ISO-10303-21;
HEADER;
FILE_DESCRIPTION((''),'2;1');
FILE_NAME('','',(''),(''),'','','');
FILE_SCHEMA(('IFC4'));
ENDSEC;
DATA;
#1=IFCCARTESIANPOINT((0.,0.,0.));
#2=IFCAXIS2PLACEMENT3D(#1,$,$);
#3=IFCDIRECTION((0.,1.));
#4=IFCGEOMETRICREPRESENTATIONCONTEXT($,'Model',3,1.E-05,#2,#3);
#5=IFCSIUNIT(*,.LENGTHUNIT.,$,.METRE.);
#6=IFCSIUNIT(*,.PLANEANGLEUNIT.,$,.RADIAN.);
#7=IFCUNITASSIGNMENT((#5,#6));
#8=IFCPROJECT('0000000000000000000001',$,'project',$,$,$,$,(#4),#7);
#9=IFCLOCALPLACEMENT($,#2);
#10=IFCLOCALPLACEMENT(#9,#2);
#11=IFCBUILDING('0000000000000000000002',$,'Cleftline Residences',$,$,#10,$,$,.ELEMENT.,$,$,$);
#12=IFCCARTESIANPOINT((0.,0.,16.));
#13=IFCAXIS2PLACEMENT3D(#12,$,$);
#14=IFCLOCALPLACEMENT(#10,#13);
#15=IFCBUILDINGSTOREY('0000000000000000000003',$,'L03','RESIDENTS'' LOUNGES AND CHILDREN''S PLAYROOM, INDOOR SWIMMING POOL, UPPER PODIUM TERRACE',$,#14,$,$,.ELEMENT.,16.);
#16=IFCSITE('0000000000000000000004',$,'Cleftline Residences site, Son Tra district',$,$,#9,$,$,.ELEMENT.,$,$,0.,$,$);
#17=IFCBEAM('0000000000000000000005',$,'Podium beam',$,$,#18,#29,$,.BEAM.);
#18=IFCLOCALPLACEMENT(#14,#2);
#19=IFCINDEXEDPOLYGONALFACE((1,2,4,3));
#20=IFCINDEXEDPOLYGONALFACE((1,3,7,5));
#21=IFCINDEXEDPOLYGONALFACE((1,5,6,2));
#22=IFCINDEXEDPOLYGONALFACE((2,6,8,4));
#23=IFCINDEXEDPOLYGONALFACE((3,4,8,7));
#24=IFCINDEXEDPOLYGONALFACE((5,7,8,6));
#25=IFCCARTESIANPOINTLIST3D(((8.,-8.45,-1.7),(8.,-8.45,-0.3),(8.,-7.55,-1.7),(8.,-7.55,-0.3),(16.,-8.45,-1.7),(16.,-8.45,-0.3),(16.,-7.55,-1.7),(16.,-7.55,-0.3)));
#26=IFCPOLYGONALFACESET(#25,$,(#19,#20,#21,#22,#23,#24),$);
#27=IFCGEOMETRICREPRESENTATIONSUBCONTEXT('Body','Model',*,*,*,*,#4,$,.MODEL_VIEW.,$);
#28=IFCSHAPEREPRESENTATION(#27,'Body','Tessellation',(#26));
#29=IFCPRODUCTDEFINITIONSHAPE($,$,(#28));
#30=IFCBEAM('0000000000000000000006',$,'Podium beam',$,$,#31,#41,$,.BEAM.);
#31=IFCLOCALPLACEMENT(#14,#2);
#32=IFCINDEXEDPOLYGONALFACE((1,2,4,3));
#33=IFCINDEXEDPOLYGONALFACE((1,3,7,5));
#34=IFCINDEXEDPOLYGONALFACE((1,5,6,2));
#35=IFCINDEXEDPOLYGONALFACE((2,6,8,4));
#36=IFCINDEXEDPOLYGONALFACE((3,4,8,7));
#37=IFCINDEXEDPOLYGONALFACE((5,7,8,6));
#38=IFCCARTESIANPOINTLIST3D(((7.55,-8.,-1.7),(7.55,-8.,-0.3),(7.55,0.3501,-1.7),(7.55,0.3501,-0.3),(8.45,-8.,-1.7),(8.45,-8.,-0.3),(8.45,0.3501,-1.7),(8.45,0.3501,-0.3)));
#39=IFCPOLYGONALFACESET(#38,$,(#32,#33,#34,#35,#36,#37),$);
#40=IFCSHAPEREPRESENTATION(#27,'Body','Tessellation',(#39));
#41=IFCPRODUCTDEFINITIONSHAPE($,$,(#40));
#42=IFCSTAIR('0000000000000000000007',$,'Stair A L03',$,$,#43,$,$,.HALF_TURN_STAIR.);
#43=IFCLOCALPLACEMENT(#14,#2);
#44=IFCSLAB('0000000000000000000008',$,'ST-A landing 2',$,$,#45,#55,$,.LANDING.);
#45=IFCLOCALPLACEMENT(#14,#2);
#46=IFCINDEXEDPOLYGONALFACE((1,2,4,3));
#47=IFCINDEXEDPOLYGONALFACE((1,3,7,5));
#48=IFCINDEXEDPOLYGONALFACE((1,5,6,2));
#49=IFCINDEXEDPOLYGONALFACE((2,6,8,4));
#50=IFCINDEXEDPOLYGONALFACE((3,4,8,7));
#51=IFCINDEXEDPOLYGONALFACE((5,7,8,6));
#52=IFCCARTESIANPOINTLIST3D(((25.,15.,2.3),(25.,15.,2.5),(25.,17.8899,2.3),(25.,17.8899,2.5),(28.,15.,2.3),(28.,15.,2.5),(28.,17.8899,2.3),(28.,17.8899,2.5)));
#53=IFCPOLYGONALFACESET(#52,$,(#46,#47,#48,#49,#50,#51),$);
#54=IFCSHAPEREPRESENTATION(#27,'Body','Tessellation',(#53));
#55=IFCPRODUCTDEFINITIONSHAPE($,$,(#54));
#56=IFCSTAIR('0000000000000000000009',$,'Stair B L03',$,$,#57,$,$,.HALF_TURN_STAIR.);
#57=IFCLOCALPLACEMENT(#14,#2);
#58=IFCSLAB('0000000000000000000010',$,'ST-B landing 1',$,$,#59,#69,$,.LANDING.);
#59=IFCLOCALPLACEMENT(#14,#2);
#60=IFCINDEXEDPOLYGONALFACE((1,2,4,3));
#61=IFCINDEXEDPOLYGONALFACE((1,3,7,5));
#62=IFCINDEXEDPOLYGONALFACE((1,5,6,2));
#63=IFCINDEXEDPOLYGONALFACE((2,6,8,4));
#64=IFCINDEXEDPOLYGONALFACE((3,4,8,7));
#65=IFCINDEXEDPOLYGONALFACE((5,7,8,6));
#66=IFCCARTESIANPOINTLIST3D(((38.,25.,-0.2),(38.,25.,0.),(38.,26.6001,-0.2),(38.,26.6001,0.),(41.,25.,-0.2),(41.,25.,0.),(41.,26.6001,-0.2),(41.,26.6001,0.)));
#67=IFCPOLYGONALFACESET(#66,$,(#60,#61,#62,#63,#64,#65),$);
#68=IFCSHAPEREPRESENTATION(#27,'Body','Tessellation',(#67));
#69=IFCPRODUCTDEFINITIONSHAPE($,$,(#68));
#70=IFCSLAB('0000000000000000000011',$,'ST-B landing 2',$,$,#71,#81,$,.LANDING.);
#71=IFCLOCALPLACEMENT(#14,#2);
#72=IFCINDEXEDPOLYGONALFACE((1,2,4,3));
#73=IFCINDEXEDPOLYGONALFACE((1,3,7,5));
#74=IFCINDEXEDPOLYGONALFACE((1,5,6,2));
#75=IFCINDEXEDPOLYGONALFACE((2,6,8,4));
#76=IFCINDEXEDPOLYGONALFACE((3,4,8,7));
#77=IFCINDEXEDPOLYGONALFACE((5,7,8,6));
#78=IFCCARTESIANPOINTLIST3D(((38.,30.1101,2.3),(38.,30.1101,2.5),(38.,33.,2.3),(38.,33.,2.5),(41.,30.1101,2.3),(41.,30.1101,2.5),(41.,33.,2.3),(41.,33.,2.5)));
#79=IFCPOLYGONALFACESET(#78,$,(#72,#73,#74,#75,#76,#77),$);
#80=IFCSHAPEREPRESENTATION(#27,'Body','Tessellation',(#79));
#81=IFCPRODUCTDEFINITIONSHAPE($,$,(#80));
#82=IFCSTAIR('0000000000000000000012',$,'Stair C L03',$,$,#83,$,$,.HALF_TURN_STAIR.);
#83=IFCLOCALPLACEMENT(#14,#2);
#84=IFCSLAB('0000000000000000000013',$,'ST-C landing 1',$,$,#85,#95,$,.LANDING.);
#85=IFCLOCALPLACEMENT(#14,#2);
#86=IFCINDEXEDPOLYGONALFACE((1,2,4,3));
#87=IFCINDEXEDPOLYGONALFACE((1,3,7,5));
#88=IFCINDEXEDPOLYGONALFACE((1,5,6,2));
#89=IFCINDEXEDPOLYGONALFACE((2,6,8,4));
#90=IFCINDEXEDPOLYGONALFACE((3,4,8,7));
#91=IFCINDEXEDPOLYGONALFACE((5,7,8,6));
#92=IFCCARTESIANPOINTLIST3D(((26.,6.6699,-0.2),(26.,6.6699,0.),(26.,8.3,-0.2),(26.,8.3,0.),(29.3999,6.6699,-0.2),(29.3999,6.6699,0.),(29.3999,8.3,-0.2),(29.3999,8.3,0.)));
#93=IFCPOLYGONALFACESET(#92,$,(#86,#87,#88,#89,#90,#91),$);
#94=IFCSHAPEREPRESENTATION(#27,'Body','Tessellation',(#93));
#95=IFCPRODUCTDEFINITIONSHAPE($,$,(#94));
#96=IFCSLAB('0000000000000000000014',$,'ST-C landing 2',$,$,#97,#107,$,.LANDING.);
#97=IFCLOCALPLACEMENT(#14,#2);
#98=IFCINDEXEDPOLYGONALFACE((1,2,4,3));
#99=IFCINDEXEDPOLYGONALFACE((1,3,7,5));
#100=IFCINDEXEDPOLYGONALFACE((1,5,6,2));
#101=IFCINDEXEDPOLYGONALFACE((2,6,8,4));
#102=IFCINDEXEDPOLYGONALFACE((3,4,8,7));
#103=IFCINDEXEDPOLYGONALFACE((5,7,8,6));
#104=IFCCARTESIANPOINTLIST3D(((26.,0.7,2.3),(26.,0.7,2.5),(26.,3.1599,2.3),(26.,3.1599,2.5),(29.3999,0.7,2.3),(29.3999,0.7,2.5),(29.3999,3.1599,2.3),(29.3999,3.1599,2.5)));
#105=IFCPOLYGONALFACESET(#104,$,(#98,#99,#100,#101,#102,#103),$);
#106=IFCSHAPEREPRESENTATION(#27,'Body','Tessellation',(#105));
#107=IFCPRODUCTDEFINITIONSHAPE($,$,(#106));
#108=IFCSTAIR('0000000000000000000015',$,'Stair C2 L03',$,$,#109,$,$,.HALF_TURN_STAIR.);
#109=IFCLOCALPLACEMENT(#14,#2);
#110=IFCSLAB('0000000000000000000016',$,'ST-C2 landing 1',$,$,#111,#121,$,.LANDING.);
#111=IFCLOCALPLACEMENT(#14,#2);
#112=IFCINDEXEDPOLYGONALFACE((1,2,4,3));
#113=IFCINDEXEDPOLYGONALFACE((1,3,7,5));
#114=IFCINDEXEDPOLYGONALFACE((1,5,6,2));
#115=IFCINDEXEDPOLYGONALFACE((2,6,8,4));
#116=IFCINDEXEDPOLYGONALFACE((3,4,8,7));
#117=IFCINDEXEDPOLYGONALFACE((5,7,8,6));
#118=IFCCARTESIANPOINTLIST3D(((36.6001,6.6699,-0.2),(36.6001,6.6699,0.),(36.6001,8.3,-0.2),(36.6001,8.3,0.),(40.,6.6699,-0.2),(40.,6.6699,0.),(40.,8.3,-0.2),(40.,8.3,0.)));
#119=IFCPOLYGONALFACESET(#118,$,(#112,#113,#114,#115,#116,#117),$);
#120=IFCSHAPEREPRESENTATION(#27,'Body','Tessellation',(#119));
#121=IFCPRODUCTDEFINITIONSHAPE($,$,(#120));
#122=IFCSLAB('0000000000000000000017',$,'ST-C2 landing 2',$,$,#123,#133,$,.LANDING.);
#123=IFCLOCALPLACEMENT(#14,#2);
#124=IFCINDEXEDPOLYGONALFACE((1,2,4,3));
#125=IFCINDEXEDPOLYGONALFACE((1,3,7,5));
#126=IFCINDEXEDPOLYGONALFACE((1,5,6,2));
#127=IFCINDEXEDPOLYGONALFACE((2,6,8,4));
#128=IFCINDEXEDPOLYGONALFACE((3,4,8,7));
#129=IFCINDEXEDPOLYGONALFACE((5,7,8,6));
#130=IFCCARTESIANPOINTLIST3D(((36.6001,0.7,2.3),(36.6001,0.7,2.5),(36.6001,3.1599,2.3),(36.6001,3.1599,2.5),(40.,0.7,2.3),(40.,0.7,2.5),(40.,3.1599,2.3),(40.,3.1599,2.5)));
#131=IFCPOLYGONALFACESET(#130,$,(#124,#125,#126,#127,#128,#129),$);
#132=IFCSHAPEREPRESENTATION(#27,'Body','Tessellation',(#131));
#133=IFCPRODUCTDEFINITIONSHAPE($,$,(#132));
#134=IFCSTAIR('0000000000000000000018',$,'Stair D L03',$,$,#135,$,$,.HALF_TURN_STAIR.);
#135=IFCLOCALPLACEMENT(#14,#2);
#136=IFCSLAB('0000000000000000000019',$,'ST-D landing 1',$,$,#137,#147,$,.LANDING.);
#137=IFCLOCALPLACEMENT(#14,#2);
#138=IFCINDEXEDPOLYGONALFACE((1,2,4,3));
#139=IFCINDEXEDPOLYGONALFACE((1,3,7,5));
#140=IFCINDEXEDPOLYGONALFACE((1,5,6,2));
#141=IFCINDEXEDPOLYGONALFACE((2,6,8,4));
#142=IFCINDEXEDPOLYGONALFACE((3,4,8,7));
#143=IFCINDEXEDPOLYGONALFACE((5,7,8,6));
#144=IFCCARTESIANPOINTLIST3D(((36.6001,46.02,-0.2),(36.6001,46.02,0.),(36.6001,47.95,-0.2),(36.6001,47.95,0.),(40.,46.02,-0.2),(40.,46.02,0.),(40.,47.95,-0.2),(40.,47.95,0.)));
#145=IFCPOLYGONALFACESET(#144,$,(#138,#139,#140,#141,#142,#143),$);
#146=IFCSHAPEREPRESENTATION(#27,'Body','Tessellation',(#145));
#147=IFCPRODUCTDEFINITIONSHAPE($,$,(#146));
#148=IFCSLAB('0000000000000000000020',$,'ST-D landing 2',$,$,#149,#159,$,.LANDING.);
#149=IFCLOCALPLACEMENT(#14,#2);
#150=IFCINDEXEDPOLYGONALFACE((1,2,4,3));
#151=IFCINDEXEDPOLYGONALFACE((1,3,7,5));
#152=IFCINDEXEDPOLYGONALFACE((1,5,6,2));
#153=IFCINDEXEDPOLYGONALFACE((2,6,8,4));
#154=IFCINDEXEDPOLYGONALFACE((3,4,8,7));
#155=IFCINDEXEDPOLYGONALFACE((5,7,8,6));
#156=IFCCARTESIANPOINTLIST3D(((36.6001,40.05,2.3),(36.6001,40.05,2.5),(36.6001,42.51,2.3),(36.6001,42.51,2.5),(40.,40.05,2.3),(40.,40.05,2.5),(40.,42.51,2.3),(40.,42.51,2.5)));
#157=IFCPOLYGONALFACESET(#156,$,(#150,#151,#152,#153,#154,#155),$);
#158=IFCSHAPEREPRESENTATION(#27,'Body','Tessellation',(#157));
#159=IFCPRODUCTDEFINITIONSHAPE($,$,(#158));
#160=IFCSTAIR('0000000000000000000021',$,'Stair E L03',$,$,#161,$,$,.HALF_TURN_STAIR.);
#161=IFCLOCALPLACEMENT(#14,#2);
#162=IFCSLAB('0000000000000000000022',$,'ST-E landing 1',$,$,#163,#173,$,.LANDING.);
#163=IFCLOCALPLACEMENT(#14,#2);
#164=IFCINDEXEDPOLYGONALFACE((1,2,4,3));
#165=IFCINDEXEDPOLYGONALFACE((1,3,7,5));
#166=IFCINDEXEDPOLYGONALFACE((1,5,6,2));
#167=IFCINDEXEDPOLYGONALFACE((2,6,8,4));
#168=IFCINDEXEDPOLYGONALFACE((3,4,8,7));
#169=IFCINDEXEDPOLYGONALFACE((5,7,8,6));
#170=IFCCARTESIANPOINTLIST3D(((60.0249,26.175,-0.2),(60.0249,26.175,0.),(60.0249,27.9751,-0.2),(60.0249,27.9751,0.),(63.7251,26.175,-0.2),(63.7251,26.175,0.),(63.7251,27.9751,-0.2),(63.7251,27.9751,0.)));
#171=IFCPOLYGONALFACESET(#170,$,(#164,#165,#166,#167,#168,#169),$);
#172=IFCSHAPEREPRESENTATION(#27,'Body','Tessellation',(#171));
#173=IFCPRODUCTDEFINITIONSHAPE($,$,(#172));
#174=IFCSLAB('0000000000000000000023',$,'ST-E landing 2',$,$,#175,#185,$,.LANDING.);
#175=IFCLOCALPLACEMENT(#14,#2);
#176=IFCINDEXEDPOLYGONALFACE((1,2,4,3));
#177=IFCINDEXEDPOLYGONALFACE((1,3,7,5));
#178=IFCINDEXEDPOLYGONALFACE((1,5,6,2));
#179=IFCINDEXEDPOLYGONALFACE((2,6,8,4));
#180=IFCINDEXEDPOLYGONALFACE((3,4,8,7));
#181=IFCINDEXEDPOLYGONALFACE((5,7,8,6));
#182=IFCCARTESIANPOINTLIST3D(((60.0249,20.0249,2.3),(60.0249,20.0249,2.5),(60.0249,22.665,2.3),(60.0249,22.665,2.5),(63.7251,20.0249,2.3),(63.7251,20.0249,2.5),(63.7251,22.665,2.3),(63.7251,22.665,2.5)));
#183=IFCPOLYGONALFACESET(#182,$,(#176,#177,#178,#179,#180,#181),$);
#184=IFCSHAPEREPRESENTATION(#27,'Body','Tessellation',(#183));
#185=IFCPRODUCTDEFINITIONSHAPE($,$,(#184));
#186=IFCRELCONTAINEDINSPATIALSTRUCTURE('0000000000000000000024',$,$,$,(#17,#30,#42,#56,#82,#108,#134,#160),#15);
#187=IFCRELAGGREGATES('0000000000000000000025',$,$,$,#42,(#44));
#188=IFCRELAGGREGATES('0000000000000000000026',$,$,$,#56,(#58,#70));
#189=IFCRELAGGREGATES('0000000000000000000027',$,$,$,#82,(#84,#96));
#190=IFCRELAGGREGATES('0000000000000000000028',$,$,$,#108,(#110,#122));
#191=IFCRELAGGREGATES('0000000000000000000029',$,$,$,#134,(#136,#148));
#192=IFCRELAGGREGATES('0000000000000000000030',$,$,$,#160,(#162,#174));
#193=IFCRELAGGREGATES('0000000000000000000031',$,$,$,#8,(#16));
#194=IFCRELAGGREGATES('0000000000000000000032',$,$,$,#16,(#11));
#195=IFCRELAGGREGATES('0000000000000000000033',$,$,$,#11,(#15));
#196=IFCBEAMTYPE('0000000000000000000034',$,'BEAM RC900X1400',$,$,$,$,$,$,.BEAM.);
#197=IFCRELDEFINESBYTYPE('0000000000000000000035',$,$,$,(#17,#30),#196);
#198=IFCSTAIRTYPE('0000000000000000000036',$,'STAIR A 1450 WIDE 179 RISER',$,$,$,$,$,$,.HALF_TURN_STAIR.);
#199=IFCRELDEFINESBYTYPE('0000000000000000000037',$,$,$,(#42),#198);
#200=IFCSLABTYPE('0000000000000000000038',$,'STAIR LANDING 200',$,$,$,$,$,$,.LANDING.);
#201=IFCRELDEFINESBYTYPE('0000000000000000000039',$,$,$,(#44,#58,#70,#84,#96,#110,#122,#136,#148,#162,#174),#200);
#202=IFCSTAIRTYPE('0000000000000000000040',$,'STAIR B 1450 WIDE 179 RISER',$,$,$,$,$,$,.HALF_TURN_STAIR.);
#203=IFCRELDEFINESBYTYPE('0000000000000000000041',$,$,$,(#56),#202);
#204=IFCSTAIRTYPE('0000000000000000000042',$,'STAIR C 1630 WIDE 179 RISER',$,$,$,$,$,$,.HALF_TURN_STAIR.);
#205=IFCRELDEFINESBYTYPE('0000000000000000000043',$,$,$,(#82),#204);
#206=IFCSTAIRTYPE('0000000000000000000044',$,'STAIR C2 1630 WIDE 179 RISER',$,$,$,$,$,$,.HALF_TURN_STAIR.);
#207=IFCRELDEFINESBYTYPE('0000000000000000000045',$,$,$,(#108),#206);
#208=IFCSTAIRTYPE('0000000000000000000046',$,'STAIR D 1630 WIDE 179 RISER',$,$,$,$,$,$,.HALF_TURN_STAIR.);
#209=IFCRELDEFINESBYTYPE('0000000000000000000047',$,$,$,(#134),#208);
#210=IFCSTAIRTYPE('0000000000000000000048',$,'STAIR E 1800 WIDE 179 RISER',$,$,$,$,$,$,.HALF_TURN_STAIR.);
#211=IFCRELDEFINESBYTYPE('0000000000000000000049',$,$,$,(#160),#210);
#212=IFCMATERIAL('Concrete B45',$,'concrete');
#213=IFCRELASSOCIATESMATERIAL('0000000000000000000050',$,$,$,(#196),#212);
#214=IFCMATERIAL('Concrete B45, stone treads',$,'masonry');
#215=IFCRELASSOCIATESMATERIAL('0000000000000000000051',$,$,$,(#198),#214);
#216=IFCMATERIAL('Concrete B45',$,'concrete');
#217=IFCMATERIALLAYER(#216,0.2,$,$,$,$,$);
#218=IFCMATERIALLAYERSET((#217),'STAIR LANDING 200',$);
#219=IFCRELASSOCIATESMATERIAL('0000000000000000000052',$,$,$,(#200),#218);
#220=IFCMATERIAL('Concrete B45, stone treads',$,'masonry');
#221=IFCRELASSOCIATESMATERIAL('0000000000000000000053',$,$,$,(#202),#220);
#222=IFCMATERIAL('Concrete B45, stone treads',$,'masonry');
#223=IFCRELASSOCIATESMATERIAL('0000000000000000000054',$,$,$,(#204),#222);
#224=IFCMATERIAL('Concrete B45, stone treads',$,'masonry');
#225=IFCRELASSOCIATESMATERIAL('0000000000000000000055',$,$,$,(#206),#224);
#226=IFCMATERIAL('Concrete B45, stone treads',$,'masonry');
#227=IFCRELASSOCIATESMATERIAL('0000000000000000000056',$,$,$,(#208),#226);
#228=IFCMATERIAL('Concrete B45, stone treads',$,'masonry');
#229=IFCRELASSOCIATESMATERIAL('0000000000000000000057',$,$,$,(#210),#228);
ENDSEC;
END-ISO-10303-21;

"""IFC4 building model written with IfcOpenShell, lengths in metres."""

from ifc_helpers import new_model, si_unit, direction, frame, origin, origin_2d, place, context, subcontext, project, spatial, polyline, rectangle, outline, extrude, material, layer, layer_set, material_profile, profile_set, type_object, element, aggregate, save


model = new_model("IFC4")

# Units and contexts
model_context = context("Model", 3, precision=1e-05, world=origin(), true_north=direction((0.0, 1.0)))
body_context = subcontext(model_context, "Body", "Model", "MODEL_VIEW")
ifc_project = project(units=[si_unit("LENGTHUNIT", "METRE"), si_unit("PLANEANGLEUNIT", "RADIAN")], contexts=[model_context])

# Site, building, storey
site_placement = place(None, origin())
site = spatial("IfcSite", under=ifc_project, at=site_placement, Name="Cleftline Residences site, Son Tra district", CompositionType="ELEMENT", RefElevation=0.0)
building_placement = place(site_placement, origin())
building = spatial("IfcBuilding", under=site, at=building_placement, Name="Cleftline Residences", CompositionType="ELEMENT")
storey_placement = place(building_placement, frame((0.0, 0.0, 16.0)))
storey = spatial("IfcBuildingStorey", under=building, at=storey_placement, Name="L03", Description="RESIDENTS' LOUNGES AND CHILDREN'S PLAYROOM, INDOOR SWIMMING POOL, UPPER PODIUM TERRACE", CompositionType="ELEMENT", Elevation=16.0)

# Beams
ifc_material_1 = material(Name="Concrete B45", Category="concrete")
ifc_material_profile = material_profile(ifc_material_1, rectangle(XDim=0.8999, YDim=1.3999, at=origin_2d()))
ifc_profile_set = profile_set([ifc_material_profile], Name="Concrete B45")
beam_type = type_object("IfcBeamType", Name="BEAM RC900X1400", PredefinedType="BEAM", material=ifc_profile_set)
beam_1_placement = place(storey_placement, frame((8.0, -8.0, -1.0), z_axis=(1.0, 0.0, 0.0), x_axis=(0.0, 1.0, 0.0)))
element("IfcBeam", 1, at=beam_1_placement, inside=storey, type_object=beam_type, Name="Podium beam", PredefinedType="BEAM", context=body_context, shape_type="SweptSolid", body=[
    extrude(rectangle(XDim=0.8999, YDim=1.3999, at=origin_2d()), origin(), (0.0, 0.0, 1.0), 8.0),
])
beam_2_placement = place(storey_placement, frame((8.0, -8.0, -1.0), z_axis=(0.0, 1.0, 0.0), x_axis=(-1.0, 0.0, 0.0)))
element("IfcBeam", 2, at=beam_2_placement, inside=storey, type_object=beam_type, Name="Podium beam", PredefinedType="BEAM", context=body_context, shape_type="SweptSolid", body=[
    extrude(rectangle(XDim=0.8999, YDim=1.3999, at=origin_2d()), origin(), (0.0, 0.0, 1.0), 8.3501),
])

# Stair, slab
ifc_material_2 = material(Name="Concrete B45, stone treads", Category="masonry")
stair_type_1 = type_object("IfcStairType", Name="STAIR A 1450 WIDE 179 RISER", PredefinedType="HALF_TURN_STAIR", material=ifc_material_2)
stair_1_placement = place(storey_placement, origin())
stair_1 = element("IfcStair", 3, at=stair_1_placement, inside=storey, type_object=stair_type_1, Name="Stair A L03", PredefinedType="HALF_TURN_STAIR")
ifc_material_3 = material(Name="Concrete B45", Category="concrete")
ifc_layer_1 = layer(ifc_material_3, 0.2)
ifc_layer_set_1 = layer_set([ifc_layer_1], Name="STAIR LANDING 200")
slab_type = type_object("IfcSlabType", Name="STAIR LANDING 200", PredefinedType="LANDING", material=ifc_layer_set_1)
slab_1_placement = place(storey_placement, frame((0.0, 0.0, 2.3)))
slab_1 = element("IfcSlab", 4, at=slab_1_placement, type_object=slab_type, Name="ST-A landing 2", PredefinedType="LANDING", context=body_context, shape_type="SweptSolid", body=[
    extrude(outline(polyline([(25.0, 15.0), (28.0, 15.0), (28.0, 17.8899), (25.0, 17.8899), (25.0, 15.0)])), origin(), (0.0, 0.0, 1.0), 0.2),
])
aggregate(stair_1, [slab_1])

# Stairs, slabs
ifc_material_4 = material(Name="Concrete B45, stone treads", Category="masonry")
stair_type_2 = type_object("IfcStairType", Name="STAIR B 1450 WIDE 179 RISER", PredefinedType="HALF_TURN_STAIR", material=ifc_material_4)
stair_2_placement = place(storey_placement, origin())
stair_2 = element("IfcStair", 5, at=stair_2_placement, inside=storey, type_object=stair_type_2, Name="Stair B L03", PredefinedType="HALF_TURN_STAIR")
slab_2_placement = place(storey_placement, frame((0.0, 0.0, -0.2)))
slab_2 = element("IfcSlab", 6, at=slab_2_placement, type_object=slab_type, Name="ST-B landing 1", PredefinedType="LANDING", context=body_context, shape_type="SweptSolid", body=[
    extrude(outline(polyline([(38.0, 25.0), (41.0, 25.0), (41.0, 26.6001), (38.0, 26.6001), (38.0, 25.0)])), origin(), (0.0, 0.0, 1.0), 0.2),
])
slab_3_placement = place(storey_placement, frame((0.0, 0.0, 2.3)))
slab_3 = element("IfcSlab", 7, at=slab_3_placement, type_object=slab_type, Name="ST-B landing 2", PredefinedType="LANDING", context=body_context, shape_type="SweptSolid", body=[
    extrude(outline(polyline([(38.0, 30.1101), (41.0, 30.1101), (41.0, 33.0), (38.0, 33.0), (38.0, 30.1101)])), origin(), (0.0, 0.0, 1.0), 0.2),
])
aggregate(stair_2, [slab_2, slab_3])
ifc_material_5 = material(Name="Concrete B45, stone treads", Category="masonry")
stair_type_3 = type_object("IfcStairType", Name="STAIR C 1630 WIDE 179 RISER", PredefinedType="HALF_TURN_STAIR", material=ifc_material_5)
stair_3_placement = place(storey_placement, origin())
stair_3 = element("IfcStair", 8, at=stair_3_placement, inside=storey, type_object=stair_type_3, Name="Stair C L03", PredefinedType="HALF_TURN_STAIR")
slab_4_placement = place(storey_placement, frame((0.0, 0.0, -0.2)))
slab_4 = element("IfcSlab", 9, at=slab_4_placement, type_object=slab_type, Name="ST-C landing 1", PredefinedType="LANDING", context=body_context, shape_type="SweptSolid", body=[
    extrude(outline(polyline([(26.0, 6.6699), (29.3999, 6.6699), (29.3999, 8.3), (26.0, 8.3), (26.0, 6.6699)])), origin(), (0.0, 0.0, 1.0), 0.2),
])
slab_5_placement = place(storey_placement, frame((0.0, 0.0, 2.3)))
slab_5 = element("IfcSlab", 10, at=slab_5_placement, type_object=slab_type, Name="ST-C landing 2", PredefinedType="LANDING", context=body_context, shape_type="SweptSolid", body=[
    extrude(outline(polyline([(26.0, 0.7), (29.3999, 0.7), (29.3999, 3.1599), (26.0, 3.1599), (26.0, 0.7)])), origin(), (0.0, 0.0, 1.0), 0.2),
])
aggregate(stair_3, [slab_4, slab_5])
ifc_material_6 = material(Name="Concrete B45, stone treads", Category="masonry")
stair_type_4 = type_object("IfcStairType", Name="STAIR C2 1630 WIDE 179 RISER", PredefinedType="HALF_TURN_STAIR", material=ifc_material_6)
stair_4_placement = place(storey_placement, origin())
stair_4 = element("IfcStair", 11, at=stair_4_placement, inside=storey, type_object=stair_type_4, Name="Stair C2 L03", PredefinedType="HALF_TURN_STAIR")
slab_6_placement = place(storey_placement, frame((0.0, 0.0, -0.2)))
slab_6 = element("IfcSlab", 12, at=slab_6_placement, type_object=slab_type, Name="ST-C2 landing 1", PredefinedType="LANDING", context=body_context, shape_type="SweptSolid", body=[
    extrude(outline(polyline([(36.6001, 6.6699), (40.0, 6.6699), (40.0, 8.3), (36.6001, 8.3), (36.6001, 6.6699)])), origin(), (0.0, 0.0, 1.0), 0.2),
])
slab_7_placement = place(storey_placement, frame((0.0, 0.0, 2.3)))
slab_7 = element("IfcSlab", 13, at=slab_7_placement, type_object=slab_type, Name="ST-C2 landing 2", PredefinedType="LANDING", context=body_context, shape_type="SweptSolid", body=[
    extrude(outline(polyline([(36.6001, 0.7), (40.0, 0.7), (40.0, 3.1599), (36.6001, 3.1599), (36.6001, 0.7)])), origin(), (0.0, 0.0, 1.0), 0.2),
])
aggregate(stair_4, [slab_6, slab_7])
ifc_material_7 = material(Name="Concrete B45, stone treads", Category="masonry")
stair_type_5 = type_object("IfcStairType", Name="STAIR D 1630 WIDE 179 RISER", PredefinedType="HALF_TURN_STAIR", material=ifc_material_7)
stair_5_placement = place(storey_placement, origin())
stair_5 = element("IfcStair", 14, at=stair_5_placement, inside=storey, type_object=stair_type_5, Name="Stair D L03", PredefinedType="HALF_TURN_STAIR")
slab_8_placement = place(storey_placement, frame((0.0, 0.0, -0.2)))
slab_8 = element("IfcSlab", 15, at=slab_8_placement, type_object=slab_type, Name="ST-D landing 1", PredefinedType="LANDING", context=body_context, shape_type="SweptSolid", body=[
    extrude(outline(polyline([(36.6001, 46.02), (40.0, 46.02), (40.0, 47.95), (36.6001, 47.95), (36.6001, 46.02)])), origin(), (0.0, 0.0, 1.0), 0.2),
])
slab_9_placement = place(storey_placement, frame((0.0, 0.0, 2.3)))
slab_9 = element("IfcSlab", 16, at=slab_9_placement, type_object=slab_type, Name="ST-D landing 2", PredefinedType="LANDING", context=body_context, shape_type="SweptSolid", body=[
    extrude(outline(polyline([(36.6001, 40.05), (40.0, 40.05), (40.0, 42.51), (36.6001, 42.51), (36.6001, 40.05)])), origin(), (0.0, 0.0, 1.0), 0.2),
])
aggregate(stair_5, [slab_8, slab_9])
ifc_material_8 = material(Name="Concrete B45, stone treads", Category="masonry")
stair_type_6 = type_object("IfcStairType", Name="STAIR E 1800 WIDE 179 RISER", PredefinedType="HALF_TURN_STAIR", material=ifc_material_8)
stair_6_placement = place(storey_placement, origin())
stair_6 = element("IfcStair", 17, at=stair_6_placement, inside=storey, type_object=stair_type_6, Name="Stair E L03", PredefinedType="HALF_TURN_STAIR")
slab_10_placement = place(storey_placement, frame((0.0, 0.0, -0.2)))
slab_10 = element("IfcSlab", 18, at=slab_10_placement, type_object=slab_type, Name="ST-E landing 1", PredefinedType="LANDING", context=body_context, shape_type="SweptSolid", body=[
    extrude(outline(polyline([(60.0249, 26.175), (63.7251, 26.175), (63.7251, 27.9751), (60.0249, 27.9751), (60.0249, 26.175)])), origin(), (0.0, 0.0, 1.0), 0.2),
])
slab_11_placement = place(storey_placement, frame((0.0, 0.0, 2.3)))
slab_11 = element("IfcSlab", 19, at=slab_11_placement, type_object=slab_type, Name="ST-E landing 2", PredefinedType="LANDING", context=body_context, shape_type="SweptSolid", body=[
    extrude(outline(polyline([(60.0249, 20.0249), (63.7251, 20.0249), (63.7251, 22.665), (60.0249, 22.665), (60.0249, 20.0249)])), origin(), (0.0, 0.0, 1.0), 0.2),
])
aggregate(stair_6, [slab_10, slab_11])

save(model, "model.ifc")
